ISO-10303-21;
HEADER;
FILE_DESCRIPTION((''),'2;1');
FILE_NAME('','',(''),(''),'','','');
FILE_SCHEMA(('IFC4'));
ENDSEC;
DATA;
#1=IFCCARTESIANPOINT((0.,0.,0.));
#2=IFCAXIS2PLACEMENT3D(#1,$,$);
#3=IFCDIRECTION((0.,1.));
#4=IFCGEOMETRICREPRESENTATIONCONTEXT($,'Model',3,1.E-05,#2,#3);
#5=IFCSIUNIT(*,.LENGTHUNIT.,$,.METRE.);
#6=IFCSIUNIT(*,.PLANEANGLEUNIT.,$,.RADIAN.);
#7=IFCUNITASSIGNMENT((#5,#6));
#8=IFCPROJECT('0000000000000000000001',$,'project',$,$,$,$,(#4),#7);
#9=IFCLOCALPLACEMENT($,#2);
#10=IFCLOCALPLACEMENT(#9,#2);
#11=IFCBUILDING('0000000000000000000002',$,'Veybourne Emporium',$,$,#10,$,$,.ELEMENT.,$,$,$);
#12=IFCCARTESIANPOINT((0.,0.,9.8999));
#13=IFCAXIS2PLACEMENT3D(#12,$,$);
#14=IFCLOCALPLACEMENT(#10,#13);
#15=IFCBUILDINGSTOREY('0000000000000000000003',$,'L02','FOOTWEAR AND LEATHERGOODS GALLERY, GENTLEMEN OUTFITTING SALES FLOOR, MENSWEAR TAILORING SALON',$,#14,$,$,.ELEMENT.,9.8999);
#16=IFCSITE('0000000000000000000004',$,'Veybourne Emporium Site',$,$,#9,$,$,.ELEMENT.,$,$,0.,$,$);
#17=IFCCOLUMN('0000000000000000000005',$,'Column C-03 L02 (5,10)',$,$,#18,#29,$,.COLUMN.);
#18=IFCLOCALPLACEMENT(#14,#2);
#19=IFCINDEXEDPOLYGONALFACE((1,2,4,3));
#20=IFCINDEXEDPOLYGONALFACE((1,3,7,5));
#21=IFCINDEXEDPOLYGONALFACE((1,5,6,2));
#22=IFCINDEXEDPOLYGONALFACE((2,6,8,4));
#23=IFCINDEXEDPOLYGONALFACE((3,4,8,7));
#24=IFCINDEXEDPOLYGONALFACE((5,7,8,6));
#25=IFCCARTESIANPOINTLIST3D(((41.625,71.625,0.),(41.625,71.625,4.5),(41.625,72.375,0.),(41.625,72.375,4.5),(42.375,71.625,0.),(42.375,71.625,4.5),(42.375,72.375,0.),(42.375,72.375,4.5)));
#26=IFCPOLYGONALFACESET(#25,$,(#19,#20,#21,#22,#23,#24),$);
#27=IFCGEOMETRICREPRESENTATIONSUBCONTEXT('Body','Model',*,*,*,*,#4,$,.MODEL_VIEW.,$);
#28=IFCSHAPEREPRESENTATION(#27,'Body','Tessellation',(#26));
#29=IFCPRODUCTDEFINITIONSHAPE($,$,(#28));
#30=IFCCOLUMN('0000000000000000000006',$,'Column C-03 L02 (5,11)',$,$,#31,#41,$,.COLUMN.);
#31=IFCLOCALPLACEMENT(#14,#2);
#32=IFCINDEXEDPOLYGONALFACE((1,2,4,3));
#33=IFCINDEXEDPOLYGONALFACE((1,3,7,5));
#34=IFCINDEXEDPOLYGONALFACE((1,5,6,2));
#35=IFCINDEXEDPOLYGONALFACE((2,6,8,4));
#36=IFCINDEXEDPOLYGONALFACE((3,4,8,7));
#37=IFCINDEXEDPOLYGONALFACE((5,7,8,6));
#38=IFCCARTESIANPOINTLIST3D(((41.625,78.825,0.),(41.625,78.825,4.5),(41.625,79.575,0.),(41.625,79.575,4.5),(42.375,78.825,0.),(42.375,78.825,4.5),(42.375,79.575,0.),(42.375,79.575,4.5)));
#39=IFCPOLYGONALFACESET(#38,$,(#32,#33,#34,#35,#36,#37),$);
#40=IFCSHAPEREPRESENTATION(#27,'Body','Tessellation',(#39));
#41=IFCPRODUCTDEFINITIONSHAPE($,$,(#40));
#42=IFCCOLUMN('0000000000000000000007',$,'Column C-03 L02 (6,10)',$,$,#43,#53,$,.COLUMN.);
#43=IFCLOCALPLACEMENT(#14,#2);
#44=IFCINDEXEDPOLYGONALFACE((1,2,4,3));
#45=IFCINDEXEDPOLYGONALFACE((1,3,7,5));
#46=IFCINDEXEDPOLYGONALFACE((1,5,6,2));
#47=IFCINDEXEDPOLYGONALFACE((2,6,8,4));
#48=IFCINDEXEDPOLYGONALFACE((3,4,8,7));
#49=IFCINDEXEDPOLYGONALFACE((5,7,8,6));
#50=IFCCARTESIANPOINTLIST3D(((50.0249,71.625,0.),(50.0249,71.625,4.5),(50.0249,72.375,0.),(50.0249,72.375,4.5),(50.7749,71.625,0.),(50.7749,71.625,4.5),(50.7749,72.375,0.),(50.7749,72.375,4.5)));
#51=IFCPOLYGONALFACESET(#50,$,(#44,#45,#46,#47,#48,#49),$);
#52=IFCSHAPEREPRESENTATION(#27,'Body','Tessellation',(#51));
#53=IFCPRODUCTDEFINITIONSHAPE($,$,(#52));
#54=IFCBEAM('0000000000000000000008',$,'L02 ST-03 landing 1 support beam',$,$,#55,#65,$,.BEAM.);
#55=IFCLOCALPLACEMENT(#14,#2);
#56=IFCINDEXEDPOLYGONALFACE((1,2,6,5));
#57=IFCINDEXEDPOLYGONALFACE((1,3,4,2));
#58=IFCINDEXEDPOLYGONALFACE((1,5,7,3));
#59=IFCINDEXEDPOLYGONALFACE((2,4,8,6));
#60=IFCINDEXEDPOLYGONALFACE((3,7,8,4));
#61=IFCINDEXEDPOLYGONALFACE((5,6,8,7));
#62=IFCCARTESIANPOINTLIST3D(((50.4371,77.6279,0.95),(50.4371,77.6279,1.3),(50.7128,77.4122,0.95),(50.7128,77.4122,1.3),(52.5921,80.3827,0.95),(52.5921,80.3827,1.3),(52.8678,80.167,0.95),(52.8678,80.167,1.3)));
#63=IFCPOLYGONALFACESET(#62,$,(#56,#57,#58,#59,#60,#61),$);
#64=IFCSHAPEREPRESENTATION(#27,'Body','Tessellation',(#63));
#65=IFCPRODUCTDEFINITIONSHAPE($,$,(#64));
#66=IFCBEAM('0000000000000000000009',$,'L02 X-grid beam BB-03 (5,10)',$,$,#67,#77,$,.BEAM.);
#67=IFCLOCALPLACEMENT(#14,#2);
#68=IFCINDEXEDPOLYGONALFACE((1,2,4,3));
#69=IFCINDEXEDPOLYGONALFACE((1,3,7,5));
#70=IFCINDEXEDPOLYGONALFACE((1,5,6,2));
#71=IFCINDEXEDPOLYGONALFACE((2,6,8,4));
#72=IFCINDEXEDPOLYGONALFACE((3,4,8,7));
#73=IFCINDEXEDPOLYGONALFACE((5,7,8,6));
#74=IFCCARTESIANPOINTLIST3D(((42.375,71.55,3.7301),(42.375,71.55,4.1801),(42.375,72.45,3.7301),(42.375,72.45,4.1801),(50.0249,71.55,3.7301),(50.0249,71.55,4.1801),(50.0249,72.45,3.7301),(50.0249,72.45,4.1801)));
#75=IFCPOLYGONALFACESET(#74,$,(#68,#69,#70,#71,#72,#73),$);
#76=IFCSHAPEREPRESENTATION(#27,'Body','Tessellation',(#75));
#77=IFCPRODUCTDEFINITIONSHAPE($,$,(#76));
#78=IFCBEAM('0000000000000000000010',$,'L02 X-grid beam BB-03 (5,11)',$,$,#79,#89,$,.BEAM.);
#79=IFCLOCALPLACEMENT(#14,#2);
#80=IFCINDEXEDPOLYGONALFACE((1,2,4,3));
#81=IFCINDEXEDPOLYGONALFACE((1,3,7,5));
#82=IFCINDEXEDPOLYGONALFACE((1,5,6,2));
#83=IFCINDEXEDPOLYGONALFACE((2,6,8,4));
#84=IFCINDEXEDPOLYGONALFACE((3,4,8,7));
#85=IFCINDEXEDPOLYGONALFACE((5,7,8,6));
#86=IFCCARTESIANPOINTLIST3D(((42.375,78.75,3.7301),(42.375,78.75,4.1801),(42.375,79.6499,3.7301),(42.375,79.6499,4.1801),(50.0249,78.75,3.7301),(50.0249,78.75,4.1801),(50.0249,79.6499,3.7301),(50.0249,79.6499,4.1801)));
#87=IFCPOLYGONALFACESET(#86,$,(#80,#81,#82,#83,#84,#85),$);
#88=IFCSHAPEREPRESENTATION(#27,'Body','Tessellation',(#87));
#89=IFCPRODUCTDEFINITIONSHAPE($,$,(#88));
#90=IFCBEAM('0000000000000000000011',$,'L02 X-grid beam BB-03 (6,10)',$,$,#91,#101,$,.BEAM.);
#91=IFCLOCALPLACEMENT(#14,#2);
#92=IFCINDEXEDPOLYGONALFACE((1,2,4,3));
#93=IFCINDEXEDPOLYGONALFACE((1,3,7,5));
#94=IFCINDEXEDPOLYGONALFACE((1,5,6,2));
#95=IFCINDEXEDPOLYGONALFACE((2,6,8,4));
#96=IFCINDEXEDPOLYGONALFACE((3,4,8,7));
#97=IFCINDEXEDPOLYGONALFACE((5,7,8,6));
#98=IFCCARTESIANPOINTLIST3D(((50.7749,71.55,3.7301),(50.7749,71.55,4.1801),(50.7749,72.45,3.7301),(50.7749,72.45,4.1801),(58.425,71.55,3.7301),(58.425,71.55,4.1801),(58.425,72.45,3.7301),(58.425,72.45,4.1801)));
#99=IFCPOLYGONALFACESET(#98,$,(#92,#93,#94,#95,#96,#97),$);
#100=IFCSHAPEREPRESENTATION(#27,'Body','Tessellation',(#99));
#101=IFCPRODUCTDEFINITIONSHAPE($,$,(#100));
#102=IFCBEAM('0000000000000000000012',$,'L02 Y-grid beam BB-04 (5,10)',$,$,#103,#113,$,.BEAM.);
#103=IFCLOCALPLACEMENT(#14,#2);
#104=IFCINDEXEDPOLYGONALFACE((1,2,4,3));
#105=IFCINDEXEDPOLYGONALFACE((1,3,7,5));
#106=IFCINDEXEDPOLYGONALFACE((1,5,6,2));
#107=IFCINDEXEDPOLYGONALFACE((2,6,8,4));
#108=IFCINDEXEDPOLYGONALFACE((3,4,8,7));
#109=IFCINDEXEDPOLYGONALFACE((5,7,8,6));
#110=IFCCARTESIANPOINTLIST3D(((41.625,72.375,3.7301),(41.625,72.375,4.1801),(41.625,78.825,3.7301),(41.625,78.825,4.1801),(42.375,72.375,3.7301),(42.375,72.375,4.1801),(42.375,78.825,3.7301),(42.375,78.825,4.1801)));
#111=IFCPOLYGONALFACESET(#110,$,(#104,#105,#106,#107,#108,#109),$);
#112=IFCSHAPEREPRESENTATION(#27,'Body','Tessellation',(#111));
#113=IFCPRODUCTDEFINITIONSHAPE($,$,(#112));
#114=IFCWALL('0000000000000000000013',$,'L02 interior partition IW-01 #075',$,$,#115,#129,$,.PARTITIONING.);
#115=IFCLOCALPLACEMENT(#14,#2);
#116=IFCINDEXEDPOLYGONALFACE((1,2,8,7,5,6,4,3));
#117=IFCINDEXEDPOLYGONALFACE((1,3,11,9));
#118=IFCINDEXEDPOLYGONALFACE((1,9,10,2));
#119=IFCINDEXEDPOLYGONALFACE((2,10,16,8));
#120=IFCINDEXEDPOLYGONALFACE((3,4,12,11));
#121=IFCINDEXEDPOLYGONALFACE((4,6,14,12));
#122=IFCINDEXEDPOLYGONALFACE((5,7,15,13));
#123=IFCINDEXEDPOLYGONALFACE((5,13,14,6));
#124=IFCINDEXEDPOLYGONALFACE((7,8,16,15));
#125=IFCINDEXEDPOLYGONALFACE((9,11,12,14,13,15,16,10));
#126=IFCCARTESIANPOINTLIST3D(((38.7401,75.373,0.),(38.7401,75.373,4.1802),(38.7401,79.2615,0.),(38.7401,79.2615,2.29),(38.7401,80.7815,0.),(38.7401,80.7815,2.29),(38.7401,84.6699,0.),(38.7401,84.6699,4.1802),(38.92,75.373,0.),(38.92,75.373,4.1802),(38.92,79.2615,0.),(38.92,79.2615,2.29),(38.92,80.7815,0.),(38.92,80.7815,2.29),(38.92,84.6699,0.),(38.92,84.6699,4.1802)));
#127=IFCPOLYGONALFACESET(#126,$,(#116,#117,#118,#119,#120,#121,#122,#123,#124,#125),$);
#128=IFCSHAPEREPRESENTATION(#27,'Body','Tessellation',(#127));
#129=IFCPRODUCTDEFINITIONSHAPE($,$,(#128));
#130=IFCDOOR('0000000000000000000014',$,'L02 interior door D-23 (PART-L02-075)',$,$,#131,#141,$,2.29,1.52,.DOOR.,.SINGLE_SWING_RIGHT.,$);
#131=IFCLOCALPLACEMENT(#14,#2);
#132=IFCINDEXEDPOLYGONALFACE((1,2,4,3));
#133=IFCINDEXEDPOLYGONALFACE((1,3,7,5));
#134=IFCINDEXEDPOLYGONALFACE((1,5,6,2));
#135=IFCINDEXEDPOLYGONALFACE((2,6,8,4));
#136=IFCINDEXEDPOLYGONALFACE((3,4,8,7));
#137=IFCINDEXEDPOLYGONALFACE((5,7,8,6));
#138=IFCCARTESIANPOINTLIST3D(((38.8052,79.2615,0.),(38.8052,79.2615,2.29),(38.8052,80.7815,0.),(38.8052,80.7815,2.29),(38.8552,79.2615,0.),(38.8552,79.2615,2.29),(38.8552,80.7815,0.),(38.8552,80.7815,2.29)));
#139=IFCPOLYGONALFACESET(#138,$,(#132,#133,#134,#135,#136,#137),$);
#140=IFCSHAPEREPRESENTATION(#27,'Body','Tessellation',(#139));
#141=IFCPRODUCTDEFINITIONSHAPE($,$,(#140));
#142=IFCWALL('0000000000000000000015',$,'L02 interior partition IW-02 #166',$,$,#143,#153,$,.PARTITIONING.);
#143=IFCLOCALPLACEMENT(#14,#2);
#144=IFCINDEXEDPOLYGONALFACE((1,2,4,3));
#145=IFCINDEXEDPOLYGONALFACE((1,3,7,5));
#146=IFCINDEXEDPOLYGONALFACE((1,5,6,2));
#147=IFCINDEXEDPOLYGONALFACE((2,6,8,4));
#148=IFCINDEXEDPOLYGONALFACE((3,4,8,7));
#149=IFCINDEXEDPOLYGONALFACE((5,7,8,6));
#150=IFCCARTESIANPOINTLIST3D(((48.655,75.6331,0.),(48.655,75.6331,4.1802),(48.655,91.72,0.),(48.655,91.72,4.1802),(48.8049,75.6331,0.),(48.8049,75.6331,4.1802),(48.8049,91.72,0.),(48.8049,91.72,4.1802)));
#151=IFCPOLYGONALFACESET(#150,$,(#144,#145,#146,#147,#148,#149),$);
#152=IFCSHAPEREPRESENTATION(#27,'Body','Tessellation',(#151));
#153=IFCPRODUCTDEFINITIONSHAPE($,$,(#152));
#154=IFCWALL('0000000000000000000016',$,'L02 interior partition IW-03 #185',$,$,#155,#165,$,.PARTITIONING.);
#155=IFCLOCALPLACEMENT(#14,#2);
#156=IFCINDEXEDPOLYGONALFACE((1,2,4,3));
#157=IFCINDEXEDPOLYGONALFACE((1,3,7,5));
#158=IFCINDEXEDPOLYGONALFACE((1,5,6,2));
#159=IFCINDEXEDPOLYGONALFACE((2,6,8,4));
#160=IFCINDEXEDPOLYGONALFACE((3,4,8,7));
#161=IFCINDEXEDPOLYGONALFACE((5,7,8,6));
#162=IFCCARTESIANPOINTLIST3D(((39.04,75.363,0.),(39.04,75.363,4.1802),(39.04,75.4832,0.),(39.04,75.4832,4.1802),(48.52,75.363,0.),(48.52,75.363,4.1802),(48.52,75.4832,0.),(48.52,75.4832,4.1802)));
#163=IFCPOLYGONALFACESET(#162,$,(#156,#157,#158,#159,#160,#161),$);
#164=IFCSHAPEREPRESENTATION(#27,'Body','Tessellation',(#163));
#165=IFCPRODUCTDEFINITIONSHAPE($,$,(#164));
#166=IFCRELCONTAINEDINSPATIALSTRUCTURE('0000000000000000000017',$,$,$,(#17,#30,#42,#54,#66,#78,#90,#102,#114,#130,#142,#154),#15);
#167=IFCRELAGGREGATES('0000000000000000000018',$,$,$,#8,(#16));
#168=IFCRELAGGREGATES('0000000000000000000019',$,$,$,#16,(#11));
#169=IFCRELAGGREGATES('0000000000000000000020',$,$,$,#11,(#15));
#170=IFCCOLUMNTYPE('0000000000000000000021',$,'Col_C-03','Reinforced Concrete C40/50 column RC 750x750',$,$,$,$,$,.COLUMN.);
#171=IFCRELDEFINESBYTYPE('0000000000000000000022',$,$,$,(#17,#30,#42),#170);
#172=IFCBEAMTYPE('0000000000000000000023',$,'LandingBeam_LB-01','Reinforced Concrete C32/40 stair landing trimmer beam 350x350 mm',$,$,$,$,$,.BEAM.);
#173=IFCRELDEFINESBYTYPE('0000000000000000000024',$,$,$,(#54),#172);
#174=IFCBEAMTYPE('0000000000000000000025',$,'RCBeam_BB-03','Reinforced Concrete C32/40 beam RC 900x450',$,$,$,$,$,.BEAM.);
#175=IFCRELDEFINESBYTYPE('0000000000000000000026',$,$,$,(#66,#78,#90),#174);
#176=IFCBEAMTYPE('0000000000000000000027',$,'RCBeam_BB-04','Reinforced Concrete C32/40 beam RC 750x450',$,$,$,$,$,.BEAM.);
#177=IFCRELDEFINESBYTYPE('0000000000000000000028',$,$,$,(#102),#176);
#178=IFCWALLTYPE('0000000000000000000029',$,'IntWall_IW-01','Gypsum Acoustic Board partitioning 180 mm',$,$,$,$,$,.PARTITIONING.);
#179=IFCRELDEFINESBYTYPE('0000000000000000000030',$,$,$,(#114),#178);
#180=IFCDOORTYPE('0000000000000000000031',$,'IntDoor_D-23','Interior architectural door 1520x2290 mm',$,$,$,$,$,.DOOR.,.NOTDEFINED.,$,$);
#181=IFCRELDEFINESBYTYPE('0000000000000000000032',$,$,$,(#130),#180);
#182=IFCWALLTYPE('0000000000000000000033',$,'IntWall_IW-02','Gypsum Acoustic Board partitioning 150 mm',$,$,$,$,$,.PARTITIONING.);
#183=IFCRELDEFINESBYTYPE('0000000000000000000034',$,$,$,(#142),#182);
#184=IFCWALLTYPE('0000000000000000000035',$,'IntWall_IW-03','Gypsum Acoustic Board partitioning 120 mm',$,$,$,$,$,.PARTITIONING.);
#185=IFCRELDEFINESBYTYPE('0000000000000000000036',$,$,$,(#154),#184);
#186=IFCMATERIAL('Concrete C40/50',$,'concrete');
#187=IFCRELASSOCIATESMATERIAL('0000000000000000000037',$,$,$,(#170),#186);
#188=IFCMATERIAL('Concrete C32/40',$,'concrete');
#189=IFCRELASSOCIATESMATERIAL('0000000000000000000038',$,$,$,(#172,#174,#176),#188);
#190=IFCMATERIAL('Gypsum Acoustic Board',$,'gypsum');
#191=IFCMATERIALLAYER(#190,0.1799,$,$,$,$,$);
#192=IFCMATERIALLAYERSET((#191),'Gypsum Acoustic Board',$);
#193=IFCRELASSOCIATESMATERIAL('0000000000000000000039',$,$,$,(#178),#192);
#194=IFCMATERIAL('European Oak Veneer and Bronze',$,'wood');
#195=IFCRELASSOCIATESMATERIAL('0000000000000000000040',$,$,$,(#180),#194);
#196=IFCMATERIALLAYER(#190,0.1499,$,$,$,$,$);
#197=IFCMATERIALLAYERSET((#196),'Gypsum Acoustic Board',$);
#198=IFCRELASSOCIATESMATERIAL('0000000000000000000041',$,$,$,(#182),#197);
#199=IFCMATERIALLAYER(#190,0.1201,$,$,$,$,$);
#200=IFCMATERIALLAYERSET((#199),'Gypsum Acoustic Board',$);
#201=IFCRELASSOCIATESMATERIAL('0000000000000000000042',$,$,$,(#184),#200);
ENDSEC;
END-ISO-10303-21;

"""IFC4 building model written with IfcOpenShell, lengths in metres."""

from ifc_helpers import new_model, si_unit, direction, frame, frame_2d, origin, origin_2d, place, context, subcontext, project, spatial, rectangle, extrude, material, layer, layer_set, material_profile, profile_set, type_object, element, fill, save


model = new_model("IFC4")

# Units and contexts
model_context = context("Model", 3, precision=1e-05, world=origin(), true_north=direction((0.0, 1.0)))
body_context = subcontext(model_context, "Body", "Model", "MODEL_VIEW")
ifc_project = project(units=[si_unit("LENGTHUNIT", "METRE"), si_unit("PLANEANGLEUNIT", "RADIAN")], contexts=[model_context])

# Site, building, storey
site_placement = place(None, origin())
site = spatial("IfcSite", under=ifc_project, at=site_placement, Name="Veybourne Emporium Site", CompositionType="ELEMENT", RefElevation=0.0)
building_placement = place(site_placement, origin())
building = spatial("IfcBuilding", under=site, at=building_placement, Name="Veybourne Emporium", CompositionType="ELEMENT")
storey_placement = place(building_placement, frame((0.0, 0.0, 9.8999)))
storey = spatial("IfcBuildingStorey", under=building, at=storey_placement, Name="L02", Description="FOOTWEAR AND LEATHERGOODS GALLERY, GENTLEMEN OUTFITTING SALES FLOOR, MENSWEAR TAILORING SALON", CompositionType="ELEMENT", Elevation=9.8999)

# Columns
ifc_material_1 = material(Name="Concrete C40/50", Category="concrete")
ifc_material_profile_1 = material_profile(ifc_material_1, rectangle(XDim=0.75, YDim=0.75, at=origin_2d()), Name="RC 750x750")
ifc_profile_set_1 = profile_set([ifc_material_profile_1], Name="Concrete C40/50")
column_type = type_object("IfcColumnType", Name="Col_C-03", Description="Reinforced Concrete C40/50 column RC 750x750", PredefinedType="COLUMN", material=ifc_profile_set_1)
for number, where, z_axis, x_axis, name in (
    (1, (42.0, 72.0, 0.0), (0.0, 0.0, 1.0), (1.0, 0.0, 0.0), "Column C-03 L02 (5,10)"),
    (2, (42.0, 79.2, 0.0), (0.0, 0.0, 1.0), (1.0, 0.0, 0.0), "Column C-03 L02 (5,11)"),
    (3, (50.3999, 72.0, 0.0), (0.0, 0.0, 1.0), (1.0, 0.0, 0.0), "Column C-03 L02 (6,10)"),
):
    element("IfcColumn", number, at=place(storey_placement, frame(where, z_axis=z_axis, x_axis=x_axis)), inside=storey, type_object=column_type, Name=name, PredefinedType="COLUMN", context=body_context, shape_type="SweptSolid", body=[
        extrude(rectangle(XDim=0.75, YDim=0.75, at=origin_2d()), origin(), (0.0, 0.0, 1.0), 4.5),
    ])

# Beams
ifc_material_2 = material(Name="Concrete C32/40", Category="concrete")
ifc_material_profile_2 = material_profile(ifc_material_2, rectangle(XDim=0.3501, YDim=0.3501, at=origin_2d()), Name="RC 350x350")
ifc_profile_set_2 = profile_set([ifc_material_profile_2], Name="Concrete C32/40")
beam_type_1 = type_object("IfcBeamType", Name="LandingBeam_LB-01", Description="Reinforced Concrete C32/40 stair landing trimmer beam 350x350 mm", PredefinedType="BEAM", material=ifc_profile_set_2)
beam_1_placement = place(storey_placement, frame((50.575, 77.52, 1.125), z_axis=(0.616137, 0.787639, 0.0), x_axis=(-0.787639, 0.616137, 0.0)))
element("IfcBeam", 4, at=beam_1_placement, inside=storey, type_object=beam_type_1, Name="L02 ST-03 landing 1 support beam", PredefinedType="BEAM", context=body_context, shape_type="SweptSolid", body=[
    extrude(rectangle(XDim=0.3501, YDim=0.3501, at=origin_2d()), origin(), (0.0, 0.0, 1.0), 3.4976),
])
ifc_material_profile_3 = material_profile(ifc_material_2, rectangle(XDim=0.8999, YDim=0.45, at=origin_2d()), Name="RC 900x450")
ifc_profile_set_3 = profile_set([ifc_material_profile_3], Name="Concrete C32/40")
beam_type_2 = type_object("IfcBeamType", Name="RCBeam_BB-03", Description="Reinforced Concrete C32/40 beam RC 900x450", PredefinedType="BEAM", material=ifc_profile_set_3)
for number, where, z_axis, x_axis, name in (
    (5, (42.375, 72.0, 3.9551), (1.0, 0.0, 0.0), (0.0, 1.0, 0.0), "L02 X-grid beam BB-03 (5,10)"),
    (6, (42.375, 79.2, 3.9551), (1.0, 0.0, 0.0), (0.0, 1.0, 0.0), "L02 X-grid beam BB-03 (5,11)"),
):
    element("IfcBeam", number, at=place(storey_placement, frame(where, z_axis=z_axis, x_axis=x_axis)), inside=storey, type_object=beam_type_2, Name=name, PredefinedType="BEAM", context=body_context, shape_type="SweptSolid", body=[
        extrude(rectangle(XDim=0.8999, YDim=0.45, at=origin_2d()), origin(), (0.0, 0.0, 1.0), 7.6499),
    ])
beam_2_placement = place(storey_placement, frame((50.7749, 72.0, 3.9551), z_axis=(1.0, 0.0, 0.0), x_axis=(0.0, 1.0, 0.0)))
element("IfcBeam", 7, at=beam_2_placement, inside=storey, type_object=beam_type_2, Name="L02 X-grid beam BB-03 (6,10)", PredefinedType="BEAM", context=body_context, shape_type="SweptSolid", body=[
    extrude(rectangle(XDim=0.8999, YDim=0.45, at=origin_2d()), origin(), (0.0, 0.0, 1.0), 7.6501),
])
ifc_material_profile_4 = material_profile(ifc_material_2, rectangle(XDim=0.75, YDim=0.45, at=origin_2d()), Name="RC 750x450")
ifc_profile_set_4 = profile_set([ifc_material_profile_4], Name="Concrete C32/40")
beam_type_3 = type_object("IfcBeamType", Name="RCBeam_BB-04", Description="Reinforced Concrete C32/40 beam RC 750x450", PredefinedType="BEAM", material=ifc_profile_set_4)
beam_3_placement = place(storey_placement, frame((42.0, 72.375, 3.9551), z_axis=(0.0, 1.0, 0.0), x_axis=(-1.0, 0.0, 0.0)))
element("IfcBeam", 8, at=beam_3_placement, inside=storey, type_object=beam_type_3, Name="L02 Y-grid beam BB-04 (5,10)", PredefinedType="BEAM", context=body_context, shape_type="SweptSolid", body=[
    extrude(rectangle(XDim=0.75, YDim=0.45, at=origin_2d()), origin(), (0.0, 0.0, 1.0), 6.45),
])

# Wall, opening, door
ifc_material_3 = material(Name="Gypsum Acoustic Board", Category="gypsum")
ifc_layer_1 = layer(ifc_material_3, 0.1799)
ifc_layer_set_1 = layer_set([ifc_layer_1], Name="Gypsum Acoustic Board")
wall_type_1 = type_object("IfcWallType", Name="IntWall_IW-01", Description="Gypsum Acoustic Board partitioning 180 mm", PredefinedType="PARTITIONING", material=ifc_layer_set_1)
wall_1_placement = place(storey_placement, frame((38.8301, 75.373, 0.0), z_axis=(0.0, 0.0, 1.0), x_axis=(0.0, 1.0, 0.0)))
wall_1 = element("IfcWall", 9, at=wall_1_placement, inside=storey, type_object=wall_type_1, Name="L02 interior partition IW-01 #075", PredefinedType="PARTITIONING", context=body_context, shape_type="SweptSolid", body=[
    extrude(rectangle(XDim=9.2969, YDim=0.1799, at=frame_2d((4.6484, 0.0))), origin(), (0.0, 0.0, 1.0), 4.1802),
])
opening_placement = place(wall_1_placement, frame((3.8884, 0.0, 0.0)))
opening = element("IfcOpeningElement", 10, at=opening_placement, cuts=wall_1, PredefinedType="OPENING", context=body_context, shape_type="SweptSolid", body=[
    extrude(rectangle(XDim=1.52, YDim=2.29, at=frame_2d((0.76, 1.145))), frame((0.0, 0.1099, 0.0), z_axis=(0.0, -1.0, 0.0), x_axis=(1.0, 0.0, 0.0)), (0.0, 0.0, 1.0), 0.22),
])
ifc_material_4 = material(Name="European Oak Veneer and Bronze", Category="wood")
door_type = type_object("IfcDoorType", Name="IntDoor_D-23", Description="Interior architectural door 1520x2290 mm", OperationType="NOTDEFINED", PredefinedType="DOOR", material=ifc_material_4)
door_placement = place(opening_placement, origin())
door = element("IfcDoor", 11, at=door_placement, inside=storey, type_object=door_type, Name="L02 interior door D-23 (PART-L02-075)", OperationType="SINGLE_SWING_RIGHT", OverallHeight=2.29, OverallWidth=1.52, PredefinedType="DOOR", context=body_context, shape_type="SweptSolid", body=[
    extrude(rectangle(XDim=1.52, YDim=2.29, at=frame_2d((0.76, 1.145))), frame((0.0, 0.0249, 0.0), z_axis=(0.0, -1.0, 0.0), x_axis=(1.0, 0.0, 0.0)), (0.0, 0.0, 1.0), 0.05),
])
fill(opening, door)

# Walls
ifc_layer_2 = layer(ifc_material_3, 0.1499)
ifc_layer_set_2 = layer_set([ifc_layer_2], Name="Gypsum Acoustic Board")
wall_type_2 = type_object("IfcWallType", Name="IntWall_IW-02", Description="Gypsum Acoustic Board partitioning 150 mm", PredefinedType="PARTITIONING", material=ifc_layer_set_2)
wall_2_placement = place(storey_placement, frame((48.73, 75.6331, 0.0), z_axis=(0.0, 0.0, 1.0), x_axis=(0.0, 1.0, 0.0)))
element("IfcWall", 12, at=wall_2_placement, inside=storey, type_object=wall_type_2, Name="L02 interior partition IW-02 #166", PredefinedType="PARTITIONING", context=body_context, shape_type="SweptSolid", body=[
    extrude(rectangle(XDim=16.0869, YDim=0.1499, at=frame_2d((8.0435, 0.0))), origin(), (0.0, 0.0, 1.0), 4.1802),
])
ifc_layer_3 = layer(ifc_material_3, 0.1201)
ifc_layer_set_3 = layer_set([ifc_layer_3], Name="Gypsum Acoustic Board")
wall_type_3 = type_object("IfcWallType", Name="IntWall_IW-03", Description="Gypsum Acoustic Board partitioning 120 mm", PredefinedType="PARTITIONING", material=ifc_layer_set_3)
wall_3_placement = place(storey_placement, frame((39.04, 75.4231, 0.0), z_axis=(0.0, 0.0, 1.0), x_axis=(1.0, 0.0, 0.0)))
element("IfcWall", 13, at=wall_3_placement, inside=storey, type_object=wall_type_3, Name="L02 interior partition IW-03 #185", PredefinedType="PARTITIONING", context=body_context, shape_type="SweptSolid", body=[
    extrude(rectangle(XDim=9.48, YDim=0.1201, at=frame_2d((4.74, 0.0))), origin(), (0.0, 0.0, 1.0), 4.1802),
])

save(model, "model.ifc")
